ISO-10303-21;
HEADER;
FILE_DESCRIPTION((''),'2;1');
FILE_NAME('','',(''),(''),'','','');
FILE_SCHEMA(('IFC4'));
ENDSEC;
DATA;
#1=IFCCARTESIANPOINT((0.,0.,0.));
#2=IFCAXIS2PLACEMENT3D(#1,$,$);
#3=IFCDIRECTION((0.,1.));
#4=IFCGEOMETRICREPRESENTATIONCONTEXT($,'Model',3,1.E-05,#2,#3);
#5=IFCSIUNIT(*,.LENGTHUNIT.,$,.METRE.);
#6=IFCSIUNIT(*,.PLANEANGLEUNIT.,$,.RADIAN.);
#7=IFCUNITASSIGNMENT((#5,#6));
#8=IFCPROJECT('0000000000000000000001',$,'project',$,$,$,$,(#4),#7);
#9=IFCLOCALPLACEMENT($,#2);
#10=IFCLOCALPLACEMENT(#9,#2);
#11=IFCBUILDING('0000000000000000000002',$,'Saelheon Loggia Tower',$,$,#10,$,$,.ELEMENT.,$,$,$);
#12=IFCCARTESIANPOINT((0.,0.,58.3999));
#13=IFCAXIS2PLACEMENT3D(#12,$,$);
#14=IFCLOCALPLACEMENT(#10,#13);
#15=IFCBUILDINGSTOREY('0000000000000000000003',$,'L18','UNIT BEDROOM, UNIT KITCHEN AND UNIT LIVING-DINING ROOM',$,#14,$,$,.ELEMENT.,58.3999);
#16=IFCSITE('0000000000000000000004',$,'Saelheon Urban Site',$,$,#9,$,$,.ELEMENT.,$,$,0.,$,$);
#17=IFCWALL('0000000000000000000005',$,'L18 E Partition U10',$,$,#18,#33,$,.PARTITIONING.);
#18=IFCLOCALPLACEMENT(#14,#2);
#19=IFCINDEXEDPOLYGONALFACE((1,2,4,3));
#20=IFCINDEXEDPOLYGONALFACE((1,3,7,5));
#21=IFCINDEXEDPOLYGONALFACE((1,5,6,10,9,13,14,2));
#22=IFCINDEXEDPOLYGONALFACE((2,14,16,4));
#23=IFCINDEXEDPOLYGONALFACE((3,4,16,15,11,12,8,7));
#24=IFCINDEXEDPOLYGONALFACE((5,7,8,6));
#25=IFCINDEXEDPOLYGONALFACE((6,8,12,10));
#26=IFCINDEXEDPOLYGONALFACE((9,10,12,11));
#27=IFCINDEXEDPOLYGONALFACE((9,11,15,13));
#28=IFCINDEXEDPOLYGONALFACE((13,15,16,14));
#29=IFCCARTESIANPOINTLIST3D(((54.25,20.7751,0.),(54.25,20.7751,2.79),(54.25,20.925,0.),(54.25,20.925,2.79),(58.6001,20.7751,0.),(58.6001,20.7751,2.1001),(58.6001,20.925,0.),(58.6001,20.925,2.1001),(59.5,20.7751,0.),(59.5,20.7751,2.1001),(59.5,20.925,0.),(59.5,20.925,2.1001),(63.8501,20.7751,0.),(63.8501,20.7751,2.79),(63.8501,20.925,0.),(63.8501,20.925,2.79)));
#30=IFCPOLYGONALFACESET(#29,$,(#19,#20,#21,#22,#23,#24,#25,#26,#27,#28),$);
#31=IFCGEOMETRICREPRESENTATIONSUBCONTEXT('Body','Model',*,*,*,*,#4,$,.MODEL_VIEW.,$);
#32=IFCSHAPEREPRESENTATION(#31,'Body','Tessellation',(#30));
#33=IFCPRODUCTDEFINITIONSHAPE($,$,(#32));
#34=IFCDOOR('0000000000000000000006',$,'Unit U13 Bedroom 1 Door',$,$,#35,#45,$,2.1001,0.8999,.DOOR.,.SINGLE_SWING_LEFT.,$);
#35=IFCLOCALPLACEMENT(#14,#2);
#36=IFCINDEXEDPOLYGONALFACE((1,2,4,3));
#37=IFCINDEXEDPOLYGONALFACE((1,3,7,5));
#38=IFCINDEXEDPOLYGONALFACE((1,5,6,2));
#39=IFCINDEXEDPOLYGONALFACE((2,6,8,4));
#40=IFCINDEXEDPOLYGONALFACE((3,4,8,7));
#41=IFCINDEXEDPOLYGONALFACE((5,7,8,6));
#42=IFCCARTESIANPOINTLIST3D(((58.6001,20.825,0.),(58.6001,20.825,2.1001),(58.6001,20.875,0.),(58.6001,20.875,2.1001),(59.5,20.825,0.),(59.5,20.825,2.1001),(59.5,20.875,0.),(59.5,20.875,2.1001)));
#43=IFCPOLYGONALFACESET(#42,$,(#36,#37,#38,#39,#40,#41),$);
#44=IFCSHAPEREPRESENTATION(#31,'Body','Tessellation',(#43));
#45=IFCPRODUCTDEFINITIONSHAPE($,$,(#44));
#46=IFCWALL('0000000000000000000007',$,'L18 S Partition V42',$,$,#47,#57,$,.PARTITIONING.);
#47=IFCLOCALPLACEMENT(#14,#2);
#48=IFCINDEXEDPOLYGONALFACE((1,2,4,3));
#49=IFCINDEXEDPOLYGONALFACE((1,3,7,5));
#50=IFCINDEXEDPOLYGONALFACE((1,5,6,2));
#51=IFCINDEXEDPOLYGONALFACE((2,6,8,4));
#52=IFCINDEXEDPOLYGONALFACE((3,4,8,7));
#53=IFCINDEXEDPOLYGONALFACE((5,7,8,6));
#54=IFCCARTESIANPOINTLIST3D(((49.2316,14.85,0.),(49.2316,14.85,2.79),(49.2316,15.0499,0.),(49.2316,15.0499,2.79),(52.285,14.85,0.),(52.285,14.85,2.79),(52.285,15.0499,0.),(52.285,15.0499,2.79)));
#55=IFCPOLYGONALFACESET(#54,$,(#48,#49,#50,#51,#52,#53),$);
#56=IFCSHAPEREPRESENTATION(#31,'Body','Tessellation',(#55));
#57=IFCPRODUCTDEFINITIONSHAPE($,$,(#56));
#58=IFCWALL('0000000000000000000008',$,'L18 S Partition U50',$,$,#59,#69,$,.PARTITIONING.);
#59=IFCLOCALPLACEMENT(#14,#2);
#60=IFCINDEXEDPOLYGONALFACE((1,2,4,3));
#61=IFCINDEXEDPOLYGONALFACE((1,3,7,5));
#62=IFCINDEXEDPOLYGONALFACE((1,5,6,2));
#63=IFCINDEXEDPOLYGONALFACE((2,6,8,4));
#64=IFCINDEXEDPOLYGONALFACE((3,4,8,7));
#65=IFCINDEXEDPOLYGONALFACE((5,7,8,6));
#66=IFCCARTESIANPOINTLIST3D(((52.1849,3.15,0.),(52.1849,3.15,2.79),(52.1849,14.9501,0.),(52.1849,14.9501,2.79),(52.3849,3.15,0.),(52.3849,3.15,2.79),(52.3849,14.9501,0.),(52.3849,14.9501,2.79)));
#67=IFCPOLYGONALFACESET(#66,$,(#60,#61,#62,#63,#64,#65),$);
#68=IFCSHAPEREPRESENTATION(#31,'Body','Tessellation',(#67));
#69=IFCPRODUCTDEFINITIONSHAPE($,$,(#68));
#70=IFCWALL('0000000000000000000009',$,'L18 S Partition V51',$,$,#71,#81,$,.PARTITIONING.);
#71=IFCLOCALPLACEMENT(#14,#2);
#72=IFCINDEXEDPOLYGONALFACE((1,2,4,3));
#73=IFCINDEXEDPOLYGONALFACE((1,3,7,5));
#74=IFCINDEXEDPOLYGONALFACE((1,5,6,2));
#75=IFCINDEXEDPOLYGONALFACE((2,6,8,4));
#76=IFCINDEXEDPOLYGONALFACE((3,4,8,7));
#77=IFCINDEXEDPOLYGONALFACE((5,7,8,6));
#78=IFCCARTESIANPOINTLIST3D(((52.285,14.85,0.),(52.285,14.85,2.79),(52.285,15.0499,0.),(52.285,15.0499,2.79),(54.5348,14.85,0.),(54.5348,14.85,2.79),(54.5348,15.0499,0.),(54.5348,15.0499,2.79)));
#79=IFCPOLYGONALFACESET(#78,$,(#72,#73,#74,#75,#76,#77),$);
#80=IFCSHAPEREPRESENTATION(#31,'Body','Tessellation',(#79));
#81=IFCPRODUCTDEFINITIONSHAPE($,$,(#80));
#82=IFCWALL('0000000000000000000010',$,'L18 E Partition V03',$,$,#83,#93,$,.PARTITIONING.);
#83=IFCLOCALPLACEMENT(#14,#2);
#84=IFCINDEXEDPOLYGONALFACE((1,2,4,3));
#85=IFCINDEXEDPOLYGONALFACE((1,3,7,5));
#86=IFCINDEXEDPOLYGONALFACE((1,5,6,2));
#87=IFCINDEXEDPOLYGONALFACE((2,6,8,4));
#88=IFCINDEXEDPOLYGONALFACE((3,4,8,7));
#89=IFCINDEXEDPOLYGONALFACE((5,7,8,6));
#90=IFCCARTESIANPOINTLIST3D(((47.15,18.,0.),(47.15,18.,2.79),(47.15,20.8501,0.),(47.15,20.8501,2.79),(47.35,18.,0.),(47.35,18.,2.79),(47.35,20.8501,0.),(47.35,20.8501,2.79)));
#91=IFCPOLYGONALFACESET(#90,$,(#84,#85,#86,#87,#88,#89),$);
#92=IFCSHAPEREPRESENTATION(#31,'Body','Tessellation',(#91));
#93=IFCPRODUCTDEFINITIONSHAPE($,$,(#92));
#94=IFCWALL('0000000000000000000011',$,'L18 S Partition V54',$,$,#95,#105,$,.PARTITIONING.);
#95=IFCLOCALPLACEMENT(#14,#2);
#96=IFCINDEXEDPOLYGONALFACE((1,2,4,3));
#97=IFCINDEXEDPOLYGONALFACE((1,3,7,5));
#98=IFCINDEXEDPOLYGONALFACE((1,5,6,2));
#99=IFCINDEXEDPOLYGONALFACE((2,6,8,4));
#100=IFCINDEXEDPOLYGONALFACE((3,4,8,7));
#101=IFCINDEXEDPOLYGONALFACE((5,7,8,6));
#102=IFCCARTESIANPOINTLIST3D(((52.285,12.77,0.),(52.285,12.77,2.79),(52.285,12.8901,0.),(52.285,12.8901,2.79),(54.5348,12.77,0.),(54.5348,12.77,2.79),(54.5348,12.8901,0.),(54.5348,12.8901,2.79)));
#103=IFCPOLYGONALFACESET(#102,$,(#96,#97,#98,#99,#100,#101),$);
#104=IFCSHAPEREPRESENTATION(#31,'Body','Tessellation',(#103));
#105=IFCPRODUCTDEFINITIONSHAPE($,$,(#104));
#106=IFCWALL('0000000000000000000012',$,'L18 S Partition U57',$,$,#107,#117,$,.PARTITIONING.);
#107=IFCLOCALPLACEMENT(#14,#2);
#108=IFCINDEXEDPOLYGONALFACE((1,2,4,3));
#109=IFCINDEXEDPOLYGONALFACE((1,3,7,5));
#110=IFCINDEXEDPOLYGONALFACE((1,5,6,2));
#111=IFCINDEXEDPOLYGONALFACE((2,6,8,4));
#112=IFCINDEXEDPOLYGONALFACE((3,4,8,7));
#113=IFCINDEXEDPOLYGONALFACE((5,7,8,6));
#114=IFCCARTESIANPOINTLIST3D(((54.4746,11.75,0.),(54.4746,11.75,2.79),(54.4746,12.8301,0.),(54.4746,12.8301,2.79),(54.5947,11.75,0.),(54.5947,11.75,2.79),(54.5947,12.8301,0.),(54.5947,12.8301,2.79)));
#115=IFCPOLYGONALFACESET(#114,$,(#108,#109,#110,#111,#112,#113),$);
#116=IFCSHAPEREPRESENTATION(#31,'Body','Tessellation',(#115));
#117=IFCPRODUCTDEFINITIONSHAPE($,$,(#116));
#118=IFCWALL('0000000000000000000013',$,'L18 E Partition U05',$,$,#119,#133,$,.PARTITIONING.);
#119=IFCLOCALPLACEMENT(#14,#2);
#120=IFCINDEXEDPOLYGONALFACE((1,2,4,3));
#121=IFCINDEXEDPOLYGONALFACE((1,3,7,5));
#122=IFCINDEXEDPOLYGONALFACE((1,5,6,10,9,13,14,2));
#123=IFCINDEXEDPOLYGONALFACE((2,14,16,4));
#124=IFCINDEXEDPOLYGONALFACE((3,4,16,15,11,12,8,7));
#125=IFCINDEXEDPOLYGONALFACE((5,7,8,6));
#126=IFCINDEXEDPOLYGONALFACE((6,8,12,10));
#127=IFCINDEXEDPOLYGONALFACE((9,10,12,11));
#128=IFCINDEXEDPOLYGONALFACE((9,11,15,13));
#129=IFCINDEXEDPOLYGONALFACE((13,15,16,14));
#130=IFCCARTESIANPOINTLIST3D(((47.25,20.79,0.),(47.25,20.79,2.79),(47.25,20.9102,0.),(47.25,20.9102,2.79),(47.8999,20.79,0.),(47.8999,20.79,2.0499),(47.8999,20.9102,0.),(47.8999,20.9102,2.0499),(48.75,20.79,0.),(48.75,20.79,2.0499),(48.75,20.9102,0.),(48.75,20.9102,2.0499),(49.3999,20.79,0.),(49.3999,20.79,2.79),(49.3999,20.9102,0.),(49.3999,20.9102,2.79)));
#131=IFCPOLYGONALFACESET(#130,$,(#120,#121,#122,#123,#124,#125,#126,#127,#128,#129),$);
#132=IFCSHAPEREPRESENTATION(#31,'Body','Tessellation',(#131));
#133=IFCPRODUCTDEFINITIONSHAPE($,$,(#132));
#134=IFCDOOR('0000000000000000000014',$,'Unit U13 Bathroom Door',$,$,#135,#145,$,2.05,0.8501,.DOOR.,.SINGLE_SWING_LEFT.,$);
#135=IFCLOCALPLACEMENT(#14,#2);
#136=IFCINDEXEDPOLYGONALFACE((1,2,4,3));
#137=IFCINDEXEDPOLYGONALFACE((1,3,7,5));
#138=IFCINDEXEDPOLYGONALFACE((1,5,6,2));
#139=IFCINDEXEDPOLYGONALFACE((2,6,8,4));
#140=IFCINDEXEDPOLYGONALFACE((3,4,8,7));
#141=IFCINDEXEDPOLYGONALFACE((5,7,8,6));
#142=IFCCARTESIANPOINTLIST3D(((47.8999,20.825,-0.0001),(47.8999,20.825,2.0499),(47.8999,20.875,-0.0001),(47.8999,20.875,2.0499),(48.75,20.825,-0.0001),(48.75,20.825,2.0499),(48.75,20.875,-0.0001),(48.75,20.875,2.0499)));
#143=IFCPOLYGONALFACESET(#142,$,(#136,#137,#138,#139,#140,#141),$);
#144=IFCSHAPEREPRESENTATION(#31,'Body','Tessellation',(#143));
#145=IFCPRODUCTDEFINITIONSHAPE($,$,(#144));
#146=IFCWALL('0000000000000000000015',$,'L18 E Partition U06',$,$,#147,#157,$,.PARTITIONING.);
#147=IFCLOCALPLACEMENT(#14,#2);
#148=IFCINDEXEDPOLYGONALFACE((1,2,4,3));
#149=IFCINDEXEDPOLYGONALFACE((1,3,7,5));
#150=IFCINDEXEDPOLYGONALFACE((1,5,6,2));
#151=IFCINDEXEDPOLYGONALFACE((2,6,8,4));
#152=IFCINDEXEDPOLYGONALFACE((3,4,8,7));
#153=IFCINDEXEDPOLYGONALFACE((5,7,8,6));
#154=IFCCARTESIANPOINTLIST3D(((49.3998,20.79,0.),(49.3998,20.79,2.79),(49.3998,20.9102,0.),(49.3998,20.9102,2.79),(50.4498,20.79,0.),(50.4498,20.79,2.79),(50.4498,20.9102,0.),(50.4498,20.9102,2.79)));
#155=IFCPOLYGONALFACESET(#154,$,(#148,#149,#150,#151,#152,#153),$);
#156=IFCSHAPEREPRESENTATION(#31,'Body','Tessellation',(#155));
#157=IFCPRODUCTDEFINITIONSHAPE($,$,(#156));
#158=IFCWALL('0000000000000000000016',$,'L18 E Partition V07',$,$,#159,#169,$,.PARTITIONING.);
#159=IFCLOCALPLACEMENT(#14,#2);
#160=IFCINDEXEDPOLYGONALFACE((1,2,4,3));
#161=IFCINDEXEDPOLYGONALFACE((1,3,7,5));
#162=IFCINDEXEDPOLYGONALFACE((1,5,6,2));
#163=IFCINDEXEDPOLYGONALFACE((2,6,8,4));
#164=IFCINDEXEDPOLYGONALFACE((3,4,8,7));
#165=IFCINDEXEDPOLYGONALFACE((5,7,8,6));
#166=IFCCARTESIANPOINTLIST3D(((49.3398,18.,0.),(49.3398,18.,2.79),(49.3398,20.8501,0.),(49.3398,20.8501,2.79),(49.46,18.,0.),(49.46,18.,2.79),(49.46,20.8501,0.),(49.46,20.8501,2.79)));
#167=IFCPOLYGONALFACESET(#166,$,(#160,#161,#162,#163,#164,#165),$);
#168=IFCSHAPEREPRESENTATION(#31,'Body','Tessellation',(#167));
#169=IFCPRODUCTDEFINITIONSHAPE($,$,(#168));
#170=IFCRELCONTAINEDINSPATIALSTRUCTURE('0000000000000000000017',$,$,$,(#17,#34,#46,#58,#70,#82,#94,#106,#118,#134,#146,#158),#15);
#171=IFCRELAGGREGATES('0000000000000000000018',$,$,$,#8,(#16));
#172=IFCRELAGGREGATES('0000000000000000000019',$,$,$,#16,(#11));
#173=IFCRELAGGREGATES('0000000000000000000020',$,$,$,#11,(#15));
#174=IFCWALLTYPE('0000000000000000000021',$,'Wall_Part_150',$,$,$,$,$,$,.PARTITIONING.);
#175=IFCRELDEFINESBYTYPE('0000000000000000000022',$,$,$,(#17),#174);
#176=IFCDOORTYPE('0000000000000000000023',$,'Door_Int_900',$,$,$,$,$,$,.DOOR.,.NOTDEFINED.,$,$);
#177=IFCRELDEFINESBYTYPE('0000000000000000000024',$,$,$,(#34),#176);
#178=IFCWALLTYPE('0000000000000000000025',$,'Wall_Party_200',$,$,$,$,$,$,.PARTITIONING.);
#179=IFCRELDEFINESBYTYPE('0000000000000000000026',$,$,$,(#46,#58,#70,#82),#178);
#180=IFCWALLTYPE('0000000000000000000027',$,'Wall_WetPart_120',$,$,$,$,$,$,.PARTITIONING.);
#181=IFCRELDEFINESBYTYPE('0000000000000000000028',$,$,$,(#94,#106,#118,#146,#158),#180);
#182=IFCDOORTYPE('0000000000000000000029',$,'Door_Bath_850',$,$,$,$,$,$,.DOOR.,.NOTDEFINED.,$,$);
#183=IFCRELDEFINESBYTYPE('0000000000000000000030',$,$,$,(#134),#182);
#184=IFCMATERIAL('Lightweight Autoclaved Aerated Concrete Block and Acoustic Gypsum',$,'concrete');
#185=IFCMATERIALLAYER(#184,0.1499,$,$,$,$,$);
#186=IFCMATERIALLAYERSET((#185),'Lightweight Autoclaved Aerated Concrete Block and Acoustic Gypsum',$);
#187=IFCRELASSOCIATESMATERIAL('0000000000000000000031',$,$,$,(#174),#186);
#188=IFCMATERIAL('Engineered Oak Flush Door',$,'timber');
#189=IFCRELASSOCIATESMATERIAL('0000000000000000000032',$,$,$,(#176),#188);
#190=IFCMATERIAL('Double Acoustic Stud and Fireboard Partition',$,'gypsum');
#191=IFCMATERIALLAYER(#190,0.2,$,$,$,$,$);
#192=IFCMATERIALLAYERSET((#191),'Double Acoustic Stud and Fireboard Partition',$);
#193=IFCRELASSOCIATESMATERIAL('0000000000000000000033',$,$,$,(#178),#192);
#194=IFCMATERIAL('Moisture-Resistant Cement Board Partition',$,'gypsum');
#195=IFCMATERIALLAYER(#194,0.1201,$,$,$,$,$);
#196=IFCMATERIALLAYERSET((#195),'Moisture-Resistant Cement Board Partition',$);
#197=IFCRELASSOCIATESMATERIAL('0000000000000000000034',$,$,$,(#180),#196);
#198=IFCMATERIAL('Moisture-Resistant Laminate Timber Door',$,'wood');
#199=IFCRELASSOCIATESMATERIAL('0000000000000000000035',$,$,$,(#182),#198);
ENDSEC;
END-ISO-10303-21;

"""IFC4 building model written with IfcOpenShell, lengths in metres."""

from ifc_helpers import new_model, si_unit, direction, frame, frame_2d, origin, place, context, subcontext, project, spatial, rectangle, extrude, source, transform, mapped, material, layer, layer_set, type_object, element, fill, save


model = new_model("IFC4")

# Units and contexts
model_context = context("Model", 3, precision=1e-05, world=origin(), true_north=direction((0.0, 1.0)))
body_context = subcontext(model_context, "Body", "Model", "MODEL_VIEW")
ifc_project = project(units=[si_unit("LENGTHUNIT", "METRE"), si_unit("PLANEANGLEUNIT", "RADIAN")], contexts=[model_context])

# Site, building, storey
site_placement = place(None, origin())
site = spatial("IfcSite", under=ifc_project, at=site_placement, Name="Saelheon Urban Site", CompositionType="ELEMENT", RefElevation=0.0)
building_placement = place(site_placement, origin())
building = spatial("IfcBuilding", under=site, at=building_placement, Name="Saelheon Loggia Tower", CompositionType="ELEMENT")
storey_placement = place(building_placement, frame((0.0, 0.0, 58.3999)))
storey = spatial("IfcBuildingStorey", under=building, at=storey_placement, Name="L18", Description="UNIT BEDROOM, UNIT KITCHEN AND UNIT LIVING-DINING ROOM", CompositionType="ELEMENT", Elevation=58.3999)

# Shared definitions
ifc_material_1 = material(Name="Lightweight Autoclaved Aerated Concrete Block and Acoustic Gypsum", Category="concrete")
ifc_layer_1 = layer(ifc_material_1, 0.1499)
ifc_layer_set_1 = layer_set([ifc_layer_1], Name="Lightweight Autoclaved Aerated Concrete Block and Acoustic Gypsum")
wall_type_1 = type_object("IfcWallType", Name="Wall_Part_150", PredefinedType="PARTITIONING", material=ifc_layer_set_1)

# Shared definitions
ifc_material_2 = material(Name="Engineered Oak Flush Door", Category="timber")
door_type_1 = type_object("IfcDoorType", Name="Door_Int_900", OperationType="NOTDEFINED", PredefinedType="DOOR", material=ifc_material_2)
shared_shape_1 = source(origin(), body_context, "Body", "SweptSolid", [
    extrude(rectangle(XDim=0.8999, YDim=2.1001, at=frame_2d((0.45, 1.05))), frame((0.0, 0.0249, 0.0), z_axis=(0.0, -1.0, 0.0), x_axis=(1.0, 0.0, 0.0)), (0.0, 0.0, 1.0), 0.05),
])

# Wall, opening, door
wall_1_placement = place(storey_placement, frame((54.25, 20.8501, 0.0), z_axis=(0.0, 0.0, 1.0), x_axis=(1.0, 0.0, 0.0)))
wall_1 = element("IfcWall", 1, at=wall_1_placement, inside=storey, type_object=wall_type_1, Name="L18 E Partition U10", PredefinedType="PARTITIONING", context=body_context, shape_type="SweptSolid", body=[
    extrude(rectangle(XDim=9.6001, YDim=0.1499, at=frame_2d((4.8, 0.0))), origin(), (0.0, 0.0, 1.0), 2.79),
])
opening_1_placement = place(wall_1_placement, frame((4.3501, 0.0, 0.0)))
opening_1 = element("IfcOpeningElement", 2, at=opening_1_placement, cuts=wall_1, PredefinedType="OPENING", context=body_context, shape_type="SweptSolid", body=[
    extrude(rectangle(XDim=0.8999, YDim=2.1001, at=frame_2d((0.45, 1.05))), frame((0.0, 0.0869, 0.0), z_axis=(0.0, -1.0, 0.0), x_axis=(1.0, 0.0, 0.0)), (0.0, 0.0, 1.0), 0.1738),
])
door_1_placement = place(opening_1_placement, origin())
door_1 = element("IfcDoor", 3, at=door_1_placement, inside=storey, type_object=door_type_1, Name="Unit U13 Bedroom 1 Door", OperationType="SINGLE_SWING_LEFT", OverallHeight=2.1001, OverallWidth=0.8999, PredefinedType="DOOR", context=body_context, shape_type="MappedRepresentation", body=[
    mapped(shared_shape_1, transform((0.0, 0.0, 0.0), scale=1.0)),
])
fill(opening_1, door_1)

# Walls
ifc_material_3 = material(Name="Double Acoustic Stud and Fireboard Partition", Category="gypsum")
ifc_layer_2 = layer(ifc_material_3, 0.2)
ifc_layer_set_2 = layer_set([ifc_layer_2], Name="Double Acoustic Stud and Fireboard Partition")
wall_type_2 = type_object("IfcWallType", Name="Wall_Party_200", PredefinedType="PARTITIONING", material=ifc_layer_set_2)
wall_2_placement = place(storey_placement, frame((49.2314, 14.95, 0.0), z_axis=(0.0, 0.0, 1.0), x_axis=(1.0, 0.0, 0.0)))
element("IfcWall", 4, at=wall_2_placement, inside=storey, type_object=wall_type_2, Name="L18 S Partition V42", PredefinedType="PARTITIONING", context=body_context, shape_type="SweptSolid", body=[
    extrude(rectangle(XDim=3.0535, YDim=0.2, at=frame_2d((1.5269, 0.0))), origin(), (0.0, 0.0, 1.0), 2.79),
])
wall_3_placement = place(storey_placement, frame((52.2849, 14.95, 0.0), z_axis=(0.0, 0.0, 1.0), x_axis=(0.0, -1.0, 0.0)))
element("IfcWall", 5, at=wall_3_placement, inside=storey, type_object=wall_type_2, Name="L18 S Partition U50", PredefinedType="PARTITIONING", context=body_context, shape_type="SweptSolid", body=[
    extrude(rectangle(XDim=11.8, YDim=0.2, at=frame_2d((5.8999, 0.0))), origin(), (0.0, 0.0, 1.0), 2.79),
])
wall_4_placement = place(storey_placement, frame((52.2849, 14.95, 0.0), z_axis=(0.0, 0.0, 1.0), x_axis=(1.0, 0.0, 0.0)))
element("IfcWall", 6, at=wall_4_placement, inside=storey, type_object=wall_type_2, Name="L18 S Partition V51", PredefinedType="PARTITIONING", context=body_context, shape_type="SweptSolid", body=[
    extrude(rectangle(XDim=2.2498, YDim=0.2, at=frame_2d((1.125, 0.0))), origin(), (0.0, 0.0, 1.0), 2.79),
])

# Wall
wall_5_placement = place(storey_placement, frame((47.25, 18.0, 0.0), z_axis=(0.0, 0.0, 1.0), x_axis=(0.0, 1.0, 0.0)))
element("IfcWall", 7, at=wall_5_placement, inside=storey, type_object=wall_type_2, Name="L18 E Partition V03", PredefinedType="PARTITIONING", context=body_context, shape_type="SweptSolid", body=[
    extrude(rectangle(XDim=2.8501, YDim=0.2, at=frame_2d((1.425, 0.0))), origin(), (0.0, 0.0, 1.0), 2.79),
])

# Walls
ifc_material_4 = material(Name="Moisture-Resistant Cement Board Partition", Category="gypsum")
ifc_layer_3 = layer(ifc_material_4, 0.1201)
ifc_layer_set_3 = layer_set([ifc_layer_3], Name="Moisture-Resistant Cement Board Partition")
wall_type_3 = type_object("IfcWallType", Name="Wall_WetPart_120", PredefinedType="PARTITIONING", material=ifc_layer_set_3)
wall_6_placement = place(storey_placement, frame((52.2849, 12.8301, 0.0), z_axis=(0.0, 0.0, 1.0), x_axis=(1.0, 0.0, 0.0)))
element("IfcWall", 8, at=wall_6_placement, inside=storey, type_object=wall_type_3, Name="L18 S Partition V54", PredefinedType="PARTITIONING", context=body_context, shape_type="SweptSolid", body=[
    extrude(rectangle(XDim=2.2498, YDim=0.1201, at=frame_2d((1.125, 0.0))), origin(), (0.0, 0.0, 1.0), 2.79),
])
wall_7_placement = place(storey_placement, frame((54.5347, 12.8301, 0.0), z_axis=(0.0, 0.0, 1.0), x_axis=(0.0, -1.0, 0.0)))
element("IfcWall", 9, at=wall_7_placement, inside=storey, type_object=wall_type_3, Name="L18 S Partition U57", PredefinedType="PARTITIONING", context=body_context, shape_type="SweptSolid", body=[
    extrude(rectangle(XDim=1.0801, YDim=0.1201, at=frame_2d((0.54, 0.0))), origin(), (0.0, 0.0, 1.0), 2.79),
])

# Wall, opening, door
wall_8_placement = place(storey_placement, frame((47.25, 20.8501, 0.0), z_axis=(0.0, 0.0, 1.0), x_axis=(1.0, 0.0, 0.0)))
wall_8 = element("IfcWall", 10, at=wall_8_placement, inside=storey, type_object=wall_type_3, Name="L18 E Partition U05", PredefinedType="PARTITIONING", context=body_context, shape_type="SweptSolid", body=[
    extrude(rectangle(XDim=2.1499, YDim=0.1201, at=frame_2d((1.075, 0.0))), origin(), (0.0, 0.0, 1.0), 2.79),
])
opening_2_placement = place(wall_8_placement, frame((0.6499, 0.0, 0.0)))
opening_2 = element("IfcOpeningElement", 11, at=opening_2_placement, cuts=wall_8, PredefinedType="OPENING", context=body_context, shape_type="SweptSolid", body=[
    extrude(rectangle(XDim=0.8501, YDim=2.05, at=frame_2d((0.425, 1.0249))), frame((0.0, 0.072, 0.0), z_axis=(0.0, -1.0, 0.0), x_axis=(1.0, 0.0, 0.0)), (0.0, 0.0, 1.0), 0.144),
])
ifc_material_5 = material(Name="Moisture-Resistant Laminate Timber Door", Category="wood")
door_type_2 = type_object("IfcDoorType", Name="Door_Bath_850", OperationType="NOTDEFINED", PredefinedType="DOOR", material=ifc_material_5)
shared_shape_2 = source(origin(), body_context, "Body", "SweptSolid", [
    extrude(rectangle(XDim=0.8501, YDim=2.05, at=frame_2d((0.425, 1.0249))), frame((0.0, 0.0249, 0.0), z_axis=(0.0, -1.0, 0.0), x_axis=(1.0, 0.0, 0.0)), (0.0, 0.0, 1.0), 0.05),
])
door_2_placement = place(opening_2_placement, origin())
door_2 = element("IfcDoor", 12, at=door_2_placement, inside=storey, type_object=door_type_2, Name="Unit U13 Bathroom Door", OperationType="SINGLE_SWING_LEFT", OverallHeight=2.05, OverallWidth=0.8501, PredefinedType="DOOR", context=body_context, shape_type="MappedRepresentation", body=[
    mapped(shared_shape_2, transform((0.0, 0.0, 0.0), scale=1.0)),
])
fill(opening_2, door_2)

# Walls
wall_9_placement = place(storey_placement, frame((49.3999, 20.8501, 0.0), z_axis=(0.0, 0.0, 1.0), x_axis=(1.0, 0.0, 0.0)))
element("IfcWall", 13, at=wall_9_placement, inside=storey, type_object=wall_type_3, Name="L18 E Partition U06", PredefinedType="PARTITIONING", context=body_context, shape_type="SweptSolid", body=[
    extrude(rectangle(XDim=1.05, YDim=0.1201, at=frame_2d((0.5249, 0.0))), origin(), (0.0, 0.0, 1.0), 2.79),
])
wall_10_placement = place(storey_placement, frame((49.3999, 18.0, 0.0), z_axis=(0.0, 0.0, 1.0), x_axis=(0.0, 1.0, 0.0)))
element("IfcWall", 14, at=wall_10_placement, inside=storey, type_object=wall_type_3, Name="L18 E Partition V07", PredefinedType="PARTITIONING", context=body_context, shape_type="SweptSolid", body=[
    extrude(rectangle(XDim=2.8501, YDim=0.1201, at=frame_2d((1.425, 0.0))), origin(), (0.0, 0.0, 1.0), 2.79),
])

save(model, "model.ifc")
